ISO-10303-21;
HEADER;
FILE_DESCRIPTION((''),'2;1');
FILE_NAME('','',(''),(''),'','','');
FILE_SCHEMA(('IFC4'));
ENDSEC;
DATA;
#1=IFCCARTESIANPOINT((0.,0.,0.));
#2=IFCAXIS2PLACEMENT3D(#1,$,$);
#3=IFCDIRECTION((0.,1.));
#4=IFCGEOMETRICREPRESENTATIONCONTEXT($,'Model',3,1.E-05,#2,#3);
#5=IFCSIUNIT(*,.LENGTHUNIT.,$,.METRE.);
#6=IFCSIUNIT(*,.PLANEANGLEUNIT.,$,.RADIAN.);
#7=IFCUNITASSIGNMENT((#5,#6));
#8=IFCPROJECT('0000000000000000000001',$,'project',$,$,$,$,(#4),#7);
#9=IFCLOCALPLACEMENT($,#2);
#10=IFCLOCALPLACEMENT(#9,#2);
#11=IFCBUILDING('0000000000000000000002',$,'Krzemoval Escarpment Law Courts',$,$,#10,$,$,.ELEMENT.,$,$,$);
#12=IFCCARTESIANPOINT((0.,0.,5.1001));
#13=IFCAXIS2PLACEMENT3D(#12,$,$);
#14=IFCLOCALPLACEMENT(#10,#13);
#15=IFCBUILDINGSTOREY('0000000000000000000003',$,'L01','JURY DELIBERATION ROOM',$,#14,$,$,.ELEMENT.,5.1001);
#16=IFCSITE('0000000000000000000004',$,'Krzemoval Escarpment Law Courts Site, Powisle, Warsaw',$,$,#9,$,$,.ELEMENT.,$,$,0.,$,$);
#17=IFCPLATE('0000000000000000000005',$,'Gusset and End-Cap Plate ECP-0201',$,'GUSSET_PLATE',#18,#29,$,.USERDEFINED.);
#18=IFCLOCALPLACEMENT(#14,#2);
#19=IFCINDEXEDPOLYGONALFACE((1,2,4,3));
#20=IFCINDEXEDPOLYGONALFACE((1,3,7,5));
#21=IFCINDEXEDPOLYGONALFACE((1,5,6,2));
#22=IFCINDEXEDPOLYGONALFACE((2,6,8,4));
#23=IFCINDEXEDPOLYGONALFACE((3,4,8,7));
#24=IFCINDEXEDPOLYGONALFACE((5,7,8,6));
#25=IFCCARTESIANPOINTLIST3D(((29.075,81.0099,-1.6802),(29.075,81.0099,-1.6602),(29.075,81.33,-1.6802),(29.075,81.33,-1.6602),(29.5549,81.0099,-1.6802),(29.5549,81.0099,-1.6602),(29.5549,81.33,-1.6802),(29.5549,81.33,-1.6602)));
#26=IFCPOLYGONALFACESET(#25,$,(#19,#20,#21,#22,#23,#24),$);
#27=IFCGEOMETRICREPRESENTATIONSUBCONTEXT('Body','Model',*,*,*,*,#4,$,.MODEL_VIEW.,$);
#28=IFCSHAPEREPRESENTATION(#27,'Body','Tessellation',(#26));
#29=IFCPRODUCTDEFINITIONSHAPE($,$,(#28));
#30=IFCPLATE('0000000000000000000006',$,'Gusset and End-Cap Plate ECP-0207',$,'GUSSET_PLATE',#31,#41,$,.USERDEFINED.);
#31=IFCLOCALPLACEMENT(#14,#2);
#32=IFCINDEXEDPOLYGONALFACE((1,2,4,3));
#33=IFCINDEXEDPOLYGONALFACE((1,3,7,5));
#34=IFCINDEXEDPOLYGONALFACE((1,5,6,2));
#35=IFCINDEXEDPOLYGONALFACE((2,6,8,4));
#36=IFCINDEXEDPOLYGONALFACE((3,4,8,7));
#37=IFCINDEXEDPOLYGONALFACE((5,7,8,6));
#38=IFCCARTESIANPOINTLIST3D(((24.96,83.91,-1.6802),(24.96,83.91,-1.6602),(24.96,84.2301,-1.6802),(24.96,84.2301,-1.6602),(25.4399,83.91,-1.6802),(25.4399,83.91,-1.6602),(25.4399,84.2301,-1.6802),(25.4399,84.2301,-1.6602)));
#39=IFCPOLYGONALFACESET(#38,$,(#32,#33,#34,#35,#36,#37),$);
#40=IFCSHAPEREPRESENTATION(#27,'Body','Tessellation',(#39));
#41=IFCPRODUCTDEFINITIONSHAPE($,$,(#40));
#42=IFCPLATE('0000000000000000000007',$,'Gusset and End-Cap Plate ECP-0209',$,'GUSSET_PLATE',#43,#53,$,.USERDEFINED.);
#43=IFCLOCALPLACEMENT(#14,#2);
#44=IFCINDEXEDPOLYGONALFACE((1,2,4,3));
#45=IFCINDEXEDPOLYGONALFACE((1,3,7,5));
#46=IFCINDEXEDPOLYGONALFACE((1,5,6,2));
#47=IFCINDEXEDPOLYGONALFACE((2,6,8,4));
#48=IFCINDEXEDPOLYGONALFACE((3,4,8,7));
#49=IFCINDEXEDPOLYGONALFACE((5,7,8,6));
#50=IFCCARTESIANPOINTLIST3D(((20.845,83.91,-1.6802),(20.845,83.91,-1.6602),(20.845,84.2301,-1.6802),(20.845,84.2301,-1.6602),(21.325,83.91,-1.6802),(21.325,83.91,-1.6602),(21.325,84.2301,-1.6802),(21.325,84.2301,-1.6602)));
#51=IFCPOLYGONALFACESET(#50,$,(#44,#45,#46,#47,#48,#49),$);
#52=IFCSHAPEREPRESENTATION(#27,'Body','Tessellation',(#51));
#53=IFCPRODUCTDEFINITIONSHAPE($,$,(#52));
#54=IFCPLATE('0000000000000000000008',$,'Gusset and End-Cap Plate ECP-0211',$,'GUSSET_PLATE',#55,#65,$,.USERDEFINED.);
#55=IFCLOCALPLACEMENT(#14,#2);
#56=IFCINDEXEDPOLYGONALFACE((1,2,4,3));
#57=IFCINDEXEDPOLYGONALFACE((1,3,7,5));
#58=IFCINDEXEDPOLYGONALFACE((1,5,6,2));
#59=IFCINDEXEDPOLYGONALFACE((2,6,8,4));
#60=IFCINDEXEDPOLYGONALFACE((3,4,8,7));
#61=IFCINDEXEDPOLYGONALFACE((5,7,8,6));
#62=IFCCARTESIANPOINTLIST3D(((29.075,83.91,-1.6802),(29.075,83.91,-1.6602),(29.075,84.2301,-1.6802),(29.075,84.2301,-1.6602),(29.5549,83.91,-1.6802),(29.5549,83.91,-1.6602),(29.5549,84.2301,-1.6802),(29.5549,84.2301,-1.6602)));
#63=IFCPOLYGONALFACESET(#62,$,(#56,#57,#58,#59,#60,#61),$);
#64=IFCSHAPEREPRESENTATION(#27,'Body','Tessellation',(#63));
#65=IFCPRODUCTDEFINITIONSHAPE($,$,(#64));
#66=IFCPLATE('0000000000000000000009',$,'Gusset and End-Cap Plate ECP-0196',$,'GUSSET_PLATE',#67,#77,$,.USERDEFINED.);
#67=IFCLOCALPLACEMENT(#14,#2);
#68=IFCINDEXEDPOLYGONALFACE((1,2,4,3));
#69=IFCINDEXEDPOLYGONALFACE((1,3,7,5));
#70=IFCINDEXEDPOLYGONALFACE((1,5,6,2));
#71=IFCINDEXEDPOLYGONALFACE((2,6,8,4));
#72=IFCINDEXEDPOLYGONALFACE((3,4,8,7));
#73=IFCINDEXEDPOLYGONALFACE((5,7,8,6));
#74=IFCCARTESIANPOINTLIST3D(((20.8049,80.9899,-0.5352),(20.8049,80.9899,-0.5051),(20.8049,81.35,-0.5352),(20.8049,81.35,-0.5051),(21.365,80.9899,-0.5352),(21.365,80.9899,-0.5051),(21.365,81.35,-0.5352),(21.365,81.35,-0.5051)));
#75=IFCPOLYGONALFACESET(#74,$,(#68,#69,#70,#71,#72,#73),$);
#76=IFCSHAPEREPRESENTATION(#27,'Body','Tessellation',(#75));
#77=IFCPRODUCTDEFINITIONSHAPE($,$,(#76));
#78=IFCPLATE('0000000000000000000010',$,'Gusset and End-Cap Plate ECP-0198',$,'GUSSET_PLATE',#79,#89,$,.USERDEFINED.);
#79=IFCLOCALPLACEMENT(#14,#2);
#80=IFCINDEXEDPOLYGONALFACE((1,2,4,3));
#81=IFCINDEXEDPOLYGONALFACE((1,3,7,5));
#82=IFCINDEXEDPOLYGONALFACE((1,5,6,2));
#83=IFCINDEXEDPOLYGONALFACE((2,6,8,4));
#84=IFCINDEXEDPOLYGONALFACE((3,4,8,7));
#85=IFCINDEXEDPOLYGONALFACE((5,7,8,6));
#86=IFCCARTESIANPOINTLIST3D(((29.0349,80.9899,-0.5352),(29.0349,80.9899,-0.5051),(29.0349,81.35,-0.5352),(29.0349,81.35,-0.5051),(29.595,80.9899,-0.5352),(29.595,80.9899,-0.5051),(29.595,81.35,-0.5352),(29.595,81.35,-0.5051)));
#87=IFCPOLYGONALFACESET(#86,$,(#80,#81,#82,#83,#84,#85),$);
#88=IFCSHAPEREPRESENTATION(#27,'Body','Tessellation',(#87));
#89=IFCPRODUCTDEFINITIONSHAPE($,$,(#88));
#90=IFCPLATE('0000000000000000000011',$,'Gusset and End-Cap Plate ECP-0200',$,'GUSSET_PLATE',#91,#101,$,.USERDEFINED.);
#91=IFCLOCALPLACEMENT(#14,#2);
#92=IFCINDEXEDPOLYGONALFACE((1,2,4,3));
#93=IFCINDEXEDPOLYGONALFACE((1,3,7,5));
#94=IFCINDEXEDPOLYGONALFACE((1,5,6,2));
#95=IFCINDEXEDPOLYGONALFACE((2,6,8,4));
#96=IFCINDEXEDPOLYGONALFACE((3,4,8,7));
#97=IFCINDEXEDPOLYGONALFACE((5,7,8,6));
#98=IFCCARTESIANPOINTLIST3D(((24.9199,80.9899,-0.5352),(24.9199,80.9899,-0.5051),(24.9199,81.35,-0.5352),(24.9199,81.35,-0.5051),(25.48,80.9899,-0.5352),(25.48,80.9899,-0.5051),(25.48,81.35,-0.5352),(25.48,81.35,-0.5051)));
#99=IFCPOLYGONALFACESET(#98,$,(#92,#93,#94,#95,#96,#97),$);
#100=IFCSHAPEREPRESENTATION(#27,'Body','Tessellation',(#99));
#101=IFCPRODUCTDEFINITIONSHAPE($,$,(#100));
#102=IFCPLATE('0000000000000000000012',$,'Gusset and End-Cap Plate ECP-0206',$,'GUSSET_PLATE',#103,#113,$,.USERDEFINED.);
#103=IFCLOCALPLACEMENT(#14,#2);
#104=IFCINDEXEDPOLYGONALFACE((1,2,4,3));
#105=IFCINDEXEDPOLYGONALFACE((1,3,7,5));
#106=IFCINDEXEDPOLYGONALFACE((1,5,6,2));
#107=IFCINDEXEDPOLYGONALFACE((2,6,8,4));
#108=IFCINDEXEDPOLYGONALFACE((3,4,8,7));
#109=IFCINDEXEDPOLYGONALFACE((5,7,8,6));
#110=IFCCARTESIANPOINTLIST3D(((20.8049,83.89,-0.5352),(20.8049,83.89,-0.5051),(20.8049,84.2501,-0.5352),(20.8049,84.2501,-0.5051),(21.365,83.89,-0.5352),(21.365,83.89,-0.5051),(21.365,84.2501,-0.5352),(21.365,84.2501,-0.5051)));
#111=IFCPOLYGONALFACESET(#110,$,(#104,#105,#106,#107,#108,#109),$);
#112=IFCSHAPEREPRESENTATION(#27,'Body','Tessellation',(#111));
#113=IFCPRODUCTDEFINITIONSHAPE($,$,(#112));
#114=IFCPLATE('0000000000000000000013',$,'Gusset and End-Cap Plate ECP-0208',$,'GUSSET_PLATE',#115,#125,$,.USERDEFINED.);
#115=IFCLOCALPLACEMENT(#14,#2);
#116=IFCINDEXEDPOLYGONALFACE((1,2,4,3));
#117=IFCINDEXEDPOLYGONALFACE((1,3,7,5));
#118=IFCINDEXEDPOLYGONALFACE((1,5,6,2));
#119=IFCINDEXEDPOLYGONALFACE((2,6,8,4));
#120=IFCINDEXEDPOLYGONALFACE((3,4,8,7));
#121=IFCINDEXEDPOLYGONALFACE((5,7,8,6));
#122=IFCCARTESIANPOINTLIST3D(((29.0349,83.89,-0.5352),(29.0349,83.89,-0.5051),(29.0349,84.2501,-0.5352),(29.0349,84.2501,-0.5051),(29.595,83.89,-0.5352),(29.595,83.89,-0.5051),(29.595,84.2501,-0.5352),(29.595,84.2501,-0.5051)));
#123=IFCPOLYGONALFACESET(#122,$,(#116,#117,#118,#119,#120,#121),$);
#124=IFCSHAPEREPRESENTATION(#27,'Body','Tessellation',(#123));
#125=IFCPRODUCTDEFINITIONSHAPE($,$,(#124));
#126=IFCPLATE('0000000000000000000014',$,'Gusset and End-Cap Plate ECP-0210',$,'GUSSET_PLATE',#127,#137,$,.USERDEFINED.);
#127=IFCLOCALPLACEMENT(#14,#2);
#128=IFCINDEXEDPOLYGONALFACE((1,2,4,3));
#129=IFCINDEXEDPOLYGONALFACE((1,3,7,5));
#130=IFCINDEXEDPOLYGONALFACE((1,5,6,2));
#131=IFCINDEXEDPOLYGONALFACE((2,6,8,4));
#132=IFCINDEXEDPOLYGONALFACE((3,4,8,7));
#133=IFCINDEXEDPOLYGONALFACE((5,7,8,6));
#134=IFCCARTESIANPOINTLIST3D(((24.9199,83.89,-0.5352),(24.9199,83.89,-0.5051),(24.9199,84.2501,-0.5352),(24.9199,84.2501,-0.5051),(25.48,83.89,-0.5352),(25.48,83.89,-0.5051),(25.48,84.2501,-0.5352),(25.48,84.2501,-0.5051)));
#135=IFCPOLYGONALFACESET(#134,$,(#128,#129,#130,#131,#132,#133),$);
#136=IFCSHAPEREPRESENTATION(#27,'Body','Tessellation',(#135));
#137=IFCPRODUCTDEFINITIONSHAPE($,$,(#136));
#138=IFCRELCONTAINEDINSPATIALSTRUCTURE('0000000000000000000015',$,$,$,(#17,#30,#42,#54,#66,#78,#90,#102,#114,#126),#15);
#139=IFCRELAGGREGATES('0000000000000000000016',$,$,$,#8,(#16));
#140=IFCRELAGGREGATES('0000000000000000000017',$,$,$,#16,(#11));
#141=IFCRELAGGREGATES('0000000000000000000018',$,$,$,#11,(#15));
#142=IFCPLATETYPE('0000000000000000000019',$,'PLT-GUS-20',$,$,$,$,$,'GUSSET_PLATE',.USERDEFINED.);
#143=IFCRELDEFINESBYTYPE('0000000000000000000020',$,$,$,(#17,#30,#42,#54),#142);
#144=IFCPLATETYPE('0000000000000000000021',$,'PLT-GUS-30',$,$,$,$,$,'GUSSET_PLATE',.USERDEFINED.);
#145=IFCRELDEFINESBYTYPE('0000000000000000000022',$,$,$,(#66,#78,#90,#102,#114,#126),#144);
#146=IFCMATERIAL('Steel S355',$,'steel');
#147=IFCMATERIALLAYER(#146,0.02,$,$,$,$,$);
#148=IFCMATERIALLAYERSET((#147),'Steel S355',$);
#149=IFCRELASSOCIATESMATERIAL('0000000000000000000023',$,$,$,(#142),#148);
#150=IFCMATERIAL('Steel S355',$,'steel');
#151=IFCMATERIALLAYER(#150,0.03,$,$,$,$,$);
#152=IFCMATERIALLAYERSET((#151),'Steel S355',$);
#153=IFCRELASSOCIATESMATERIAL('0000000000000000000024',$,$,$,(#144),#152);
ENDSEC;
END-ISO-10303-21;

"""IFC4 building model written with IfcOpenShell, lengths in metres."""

from ifc_helpers import new_model, si_unit, direction, frame, origin, origin_2d, place, context, subcontext, project, spatial, rectangle, extrude, material, layer, layer_set, type_object, element, save


model = new_model("IFC4")

# Units and contexts
model_context = context("Model", 3, precision=1e-05, world=origin(), true_north=direction((0.0, 1.0)))
body_context = subcontext(model_context, "Body", "Model", "MODEL_VIEW")
ifc_project = project(units=[si_unit("LENGTHUNIT", "METRE"), si_unit("PLANEANGLEUNIT", "RADIAN")], contexts=[model_context])

# Site, building, storey
site_placement = place(None, origin())
site = spatial("IfcSite", under=ifc_project, at=site_placement, Name="Krzemoval Escarpment Law Courts Site, Powisle, Warsaw", CompositionType="ELEMENT", RefElevation=0.0)
building_placement = place(site_placement, origin())
building = spatial("IfcBuilding", under=site, at=building_placement, Name="Krzemoval Escarpment Law Courts", CompositionType="ELEMENT")
storey_placement = place(building_placement, frame((0.0, 0.0, 5.1001)))
storey = spatial("IfcBuildingStorey", under=building, at=storey_placement, Name="L01", Description="JURY DELIBERATION ROOM", CompositionType="ELEMENT", Elevation=5.1001)

# Plates
ifc_material_1 = material(Name="Steel S355", Category="steel")
ifc_layer_1 = layer(ifc_material_1, 0.02)
ifc_layer_set_1 = layer_set([ifc_layer_1], Name="Steel S355")
plate_type_1 = type_object("IfcPlateType", Name="PLT-GUS-20", ElementType="GUSSET_PLATE", PredefinedType="USERDEFINED", material=ifc_layer_set_1)
for number, where, z_axis, x_axis, name in (
    (1, (29.3149, 81.1699, -1.6802), (0.0, 0.0, 1.0), (1.0, 0.0, 0.0), "Gusset and End-Cap Plate ECP-0201"),
    (2, (25.2, 84.0701, -1.6802), (0.0, 0.0, 1.0), (1.0, 0.0, 0.0), "Gusset and End-Cap Plate ECP-0207"),
    (3, (21.085, 84.0701, -1.6802), (0.0, 0.0, 1.0), (1.0, 0.0, 0.0), "Gusset and End-Cap Plate ECP-0209"),
    (4, (29.3149, 84.0701, -1.6802), (0.0, 0.0, 1.0), (1.0, 0.0, 0.0), "Gusset and End-Cap Plate ECP-0211"),
):
    element("IfcPlate", number, at=place(storey_placement, frame(where, z_axis=z_axis, x_axis=x_axis)), inside=storey, type_object=plate_type_1, Name=name, ObjectType="GUSSET_PLATE", PredefinedType="USERDEFINED", context=body_context, shape_type="SweptSolid", body=[
        extrude(rectangle(XDim=0.48, YDim=0.3201, at=origin_2d()), origin(), (0.0, 0.0, 1.0), 0.02),
    ])
ifc_material_2 = material(Name="Steel S355", Category="steel")
ifc_layer_2 = layer(ifc_material_2, 0.03)
ifc_layer_set_2 = layer_set([ifc_layer_2], Name="Steel S355")
plate_type_2 = type_object("IfcPlateType", Name="PLT-GUS-30", ElementType="GUSSET_PLATE", PredefinedType="USERDEFINED", material=ifc_layer_set_2)
for number, where, z_axis, x_axis, name in (
    (5, (21.085, 81.1699, -0.5352), (0.0, 0.0, 1.0), (1.0, 0.0, 0.0), "Gusset and End-Cap Plate ECP-0196"),
    (6, (29.3149, 81.1699, -0.5352), (0.0, 0.0, 1.0), (1.0, 0.0, 0.0), "Gusset and End-Cap Plate ECP-0198"),
    (7, (25.2, 81.1699, -0.5352), (0.0, 0.0, 1.0), (1.0, 0.0, 0.0), "Gusset and End-Cap Plate ECP-0200"),
    (8, (21.085, 84.0701, -0.5352), (0.0, 0.0, 1.0), (1.0, 0.0, 0.0), "Gusset and End-Cap Plate ECP-0206"),
    (9, (29.3149, 84.0701, -0.5352), (0.0, 0.0, 1.0), (1.0, 0.0, 0.0), "Gusset and End-Cap Plate ECP-0208"),
    (10, (25.2, 84.0701, -0.5352), (0.0, 0.0, 1.0), (1.0, 0.0, 0.0), "Gusset and End-Cap Plate ECP-0210"),
):
    element("IfcPlate", number, at=place(storey_placement, frame(where, z_axis=z_axis, x_axis=x_axis)), inside=storey, type_object=plate_type_2, Name=name, ObjectType="GUSSET_PLATE", PredefinedType="USERDEFINED", context=body_context, shape_type="SweptSolid", body=[
        extrude(rectangle(XDim=0.5601, YDim=0.3601, at=origin_2d()), origin(), (0.0, 0.0, 1.0), 0.03),
    ])

save(model, "model.ifc")
